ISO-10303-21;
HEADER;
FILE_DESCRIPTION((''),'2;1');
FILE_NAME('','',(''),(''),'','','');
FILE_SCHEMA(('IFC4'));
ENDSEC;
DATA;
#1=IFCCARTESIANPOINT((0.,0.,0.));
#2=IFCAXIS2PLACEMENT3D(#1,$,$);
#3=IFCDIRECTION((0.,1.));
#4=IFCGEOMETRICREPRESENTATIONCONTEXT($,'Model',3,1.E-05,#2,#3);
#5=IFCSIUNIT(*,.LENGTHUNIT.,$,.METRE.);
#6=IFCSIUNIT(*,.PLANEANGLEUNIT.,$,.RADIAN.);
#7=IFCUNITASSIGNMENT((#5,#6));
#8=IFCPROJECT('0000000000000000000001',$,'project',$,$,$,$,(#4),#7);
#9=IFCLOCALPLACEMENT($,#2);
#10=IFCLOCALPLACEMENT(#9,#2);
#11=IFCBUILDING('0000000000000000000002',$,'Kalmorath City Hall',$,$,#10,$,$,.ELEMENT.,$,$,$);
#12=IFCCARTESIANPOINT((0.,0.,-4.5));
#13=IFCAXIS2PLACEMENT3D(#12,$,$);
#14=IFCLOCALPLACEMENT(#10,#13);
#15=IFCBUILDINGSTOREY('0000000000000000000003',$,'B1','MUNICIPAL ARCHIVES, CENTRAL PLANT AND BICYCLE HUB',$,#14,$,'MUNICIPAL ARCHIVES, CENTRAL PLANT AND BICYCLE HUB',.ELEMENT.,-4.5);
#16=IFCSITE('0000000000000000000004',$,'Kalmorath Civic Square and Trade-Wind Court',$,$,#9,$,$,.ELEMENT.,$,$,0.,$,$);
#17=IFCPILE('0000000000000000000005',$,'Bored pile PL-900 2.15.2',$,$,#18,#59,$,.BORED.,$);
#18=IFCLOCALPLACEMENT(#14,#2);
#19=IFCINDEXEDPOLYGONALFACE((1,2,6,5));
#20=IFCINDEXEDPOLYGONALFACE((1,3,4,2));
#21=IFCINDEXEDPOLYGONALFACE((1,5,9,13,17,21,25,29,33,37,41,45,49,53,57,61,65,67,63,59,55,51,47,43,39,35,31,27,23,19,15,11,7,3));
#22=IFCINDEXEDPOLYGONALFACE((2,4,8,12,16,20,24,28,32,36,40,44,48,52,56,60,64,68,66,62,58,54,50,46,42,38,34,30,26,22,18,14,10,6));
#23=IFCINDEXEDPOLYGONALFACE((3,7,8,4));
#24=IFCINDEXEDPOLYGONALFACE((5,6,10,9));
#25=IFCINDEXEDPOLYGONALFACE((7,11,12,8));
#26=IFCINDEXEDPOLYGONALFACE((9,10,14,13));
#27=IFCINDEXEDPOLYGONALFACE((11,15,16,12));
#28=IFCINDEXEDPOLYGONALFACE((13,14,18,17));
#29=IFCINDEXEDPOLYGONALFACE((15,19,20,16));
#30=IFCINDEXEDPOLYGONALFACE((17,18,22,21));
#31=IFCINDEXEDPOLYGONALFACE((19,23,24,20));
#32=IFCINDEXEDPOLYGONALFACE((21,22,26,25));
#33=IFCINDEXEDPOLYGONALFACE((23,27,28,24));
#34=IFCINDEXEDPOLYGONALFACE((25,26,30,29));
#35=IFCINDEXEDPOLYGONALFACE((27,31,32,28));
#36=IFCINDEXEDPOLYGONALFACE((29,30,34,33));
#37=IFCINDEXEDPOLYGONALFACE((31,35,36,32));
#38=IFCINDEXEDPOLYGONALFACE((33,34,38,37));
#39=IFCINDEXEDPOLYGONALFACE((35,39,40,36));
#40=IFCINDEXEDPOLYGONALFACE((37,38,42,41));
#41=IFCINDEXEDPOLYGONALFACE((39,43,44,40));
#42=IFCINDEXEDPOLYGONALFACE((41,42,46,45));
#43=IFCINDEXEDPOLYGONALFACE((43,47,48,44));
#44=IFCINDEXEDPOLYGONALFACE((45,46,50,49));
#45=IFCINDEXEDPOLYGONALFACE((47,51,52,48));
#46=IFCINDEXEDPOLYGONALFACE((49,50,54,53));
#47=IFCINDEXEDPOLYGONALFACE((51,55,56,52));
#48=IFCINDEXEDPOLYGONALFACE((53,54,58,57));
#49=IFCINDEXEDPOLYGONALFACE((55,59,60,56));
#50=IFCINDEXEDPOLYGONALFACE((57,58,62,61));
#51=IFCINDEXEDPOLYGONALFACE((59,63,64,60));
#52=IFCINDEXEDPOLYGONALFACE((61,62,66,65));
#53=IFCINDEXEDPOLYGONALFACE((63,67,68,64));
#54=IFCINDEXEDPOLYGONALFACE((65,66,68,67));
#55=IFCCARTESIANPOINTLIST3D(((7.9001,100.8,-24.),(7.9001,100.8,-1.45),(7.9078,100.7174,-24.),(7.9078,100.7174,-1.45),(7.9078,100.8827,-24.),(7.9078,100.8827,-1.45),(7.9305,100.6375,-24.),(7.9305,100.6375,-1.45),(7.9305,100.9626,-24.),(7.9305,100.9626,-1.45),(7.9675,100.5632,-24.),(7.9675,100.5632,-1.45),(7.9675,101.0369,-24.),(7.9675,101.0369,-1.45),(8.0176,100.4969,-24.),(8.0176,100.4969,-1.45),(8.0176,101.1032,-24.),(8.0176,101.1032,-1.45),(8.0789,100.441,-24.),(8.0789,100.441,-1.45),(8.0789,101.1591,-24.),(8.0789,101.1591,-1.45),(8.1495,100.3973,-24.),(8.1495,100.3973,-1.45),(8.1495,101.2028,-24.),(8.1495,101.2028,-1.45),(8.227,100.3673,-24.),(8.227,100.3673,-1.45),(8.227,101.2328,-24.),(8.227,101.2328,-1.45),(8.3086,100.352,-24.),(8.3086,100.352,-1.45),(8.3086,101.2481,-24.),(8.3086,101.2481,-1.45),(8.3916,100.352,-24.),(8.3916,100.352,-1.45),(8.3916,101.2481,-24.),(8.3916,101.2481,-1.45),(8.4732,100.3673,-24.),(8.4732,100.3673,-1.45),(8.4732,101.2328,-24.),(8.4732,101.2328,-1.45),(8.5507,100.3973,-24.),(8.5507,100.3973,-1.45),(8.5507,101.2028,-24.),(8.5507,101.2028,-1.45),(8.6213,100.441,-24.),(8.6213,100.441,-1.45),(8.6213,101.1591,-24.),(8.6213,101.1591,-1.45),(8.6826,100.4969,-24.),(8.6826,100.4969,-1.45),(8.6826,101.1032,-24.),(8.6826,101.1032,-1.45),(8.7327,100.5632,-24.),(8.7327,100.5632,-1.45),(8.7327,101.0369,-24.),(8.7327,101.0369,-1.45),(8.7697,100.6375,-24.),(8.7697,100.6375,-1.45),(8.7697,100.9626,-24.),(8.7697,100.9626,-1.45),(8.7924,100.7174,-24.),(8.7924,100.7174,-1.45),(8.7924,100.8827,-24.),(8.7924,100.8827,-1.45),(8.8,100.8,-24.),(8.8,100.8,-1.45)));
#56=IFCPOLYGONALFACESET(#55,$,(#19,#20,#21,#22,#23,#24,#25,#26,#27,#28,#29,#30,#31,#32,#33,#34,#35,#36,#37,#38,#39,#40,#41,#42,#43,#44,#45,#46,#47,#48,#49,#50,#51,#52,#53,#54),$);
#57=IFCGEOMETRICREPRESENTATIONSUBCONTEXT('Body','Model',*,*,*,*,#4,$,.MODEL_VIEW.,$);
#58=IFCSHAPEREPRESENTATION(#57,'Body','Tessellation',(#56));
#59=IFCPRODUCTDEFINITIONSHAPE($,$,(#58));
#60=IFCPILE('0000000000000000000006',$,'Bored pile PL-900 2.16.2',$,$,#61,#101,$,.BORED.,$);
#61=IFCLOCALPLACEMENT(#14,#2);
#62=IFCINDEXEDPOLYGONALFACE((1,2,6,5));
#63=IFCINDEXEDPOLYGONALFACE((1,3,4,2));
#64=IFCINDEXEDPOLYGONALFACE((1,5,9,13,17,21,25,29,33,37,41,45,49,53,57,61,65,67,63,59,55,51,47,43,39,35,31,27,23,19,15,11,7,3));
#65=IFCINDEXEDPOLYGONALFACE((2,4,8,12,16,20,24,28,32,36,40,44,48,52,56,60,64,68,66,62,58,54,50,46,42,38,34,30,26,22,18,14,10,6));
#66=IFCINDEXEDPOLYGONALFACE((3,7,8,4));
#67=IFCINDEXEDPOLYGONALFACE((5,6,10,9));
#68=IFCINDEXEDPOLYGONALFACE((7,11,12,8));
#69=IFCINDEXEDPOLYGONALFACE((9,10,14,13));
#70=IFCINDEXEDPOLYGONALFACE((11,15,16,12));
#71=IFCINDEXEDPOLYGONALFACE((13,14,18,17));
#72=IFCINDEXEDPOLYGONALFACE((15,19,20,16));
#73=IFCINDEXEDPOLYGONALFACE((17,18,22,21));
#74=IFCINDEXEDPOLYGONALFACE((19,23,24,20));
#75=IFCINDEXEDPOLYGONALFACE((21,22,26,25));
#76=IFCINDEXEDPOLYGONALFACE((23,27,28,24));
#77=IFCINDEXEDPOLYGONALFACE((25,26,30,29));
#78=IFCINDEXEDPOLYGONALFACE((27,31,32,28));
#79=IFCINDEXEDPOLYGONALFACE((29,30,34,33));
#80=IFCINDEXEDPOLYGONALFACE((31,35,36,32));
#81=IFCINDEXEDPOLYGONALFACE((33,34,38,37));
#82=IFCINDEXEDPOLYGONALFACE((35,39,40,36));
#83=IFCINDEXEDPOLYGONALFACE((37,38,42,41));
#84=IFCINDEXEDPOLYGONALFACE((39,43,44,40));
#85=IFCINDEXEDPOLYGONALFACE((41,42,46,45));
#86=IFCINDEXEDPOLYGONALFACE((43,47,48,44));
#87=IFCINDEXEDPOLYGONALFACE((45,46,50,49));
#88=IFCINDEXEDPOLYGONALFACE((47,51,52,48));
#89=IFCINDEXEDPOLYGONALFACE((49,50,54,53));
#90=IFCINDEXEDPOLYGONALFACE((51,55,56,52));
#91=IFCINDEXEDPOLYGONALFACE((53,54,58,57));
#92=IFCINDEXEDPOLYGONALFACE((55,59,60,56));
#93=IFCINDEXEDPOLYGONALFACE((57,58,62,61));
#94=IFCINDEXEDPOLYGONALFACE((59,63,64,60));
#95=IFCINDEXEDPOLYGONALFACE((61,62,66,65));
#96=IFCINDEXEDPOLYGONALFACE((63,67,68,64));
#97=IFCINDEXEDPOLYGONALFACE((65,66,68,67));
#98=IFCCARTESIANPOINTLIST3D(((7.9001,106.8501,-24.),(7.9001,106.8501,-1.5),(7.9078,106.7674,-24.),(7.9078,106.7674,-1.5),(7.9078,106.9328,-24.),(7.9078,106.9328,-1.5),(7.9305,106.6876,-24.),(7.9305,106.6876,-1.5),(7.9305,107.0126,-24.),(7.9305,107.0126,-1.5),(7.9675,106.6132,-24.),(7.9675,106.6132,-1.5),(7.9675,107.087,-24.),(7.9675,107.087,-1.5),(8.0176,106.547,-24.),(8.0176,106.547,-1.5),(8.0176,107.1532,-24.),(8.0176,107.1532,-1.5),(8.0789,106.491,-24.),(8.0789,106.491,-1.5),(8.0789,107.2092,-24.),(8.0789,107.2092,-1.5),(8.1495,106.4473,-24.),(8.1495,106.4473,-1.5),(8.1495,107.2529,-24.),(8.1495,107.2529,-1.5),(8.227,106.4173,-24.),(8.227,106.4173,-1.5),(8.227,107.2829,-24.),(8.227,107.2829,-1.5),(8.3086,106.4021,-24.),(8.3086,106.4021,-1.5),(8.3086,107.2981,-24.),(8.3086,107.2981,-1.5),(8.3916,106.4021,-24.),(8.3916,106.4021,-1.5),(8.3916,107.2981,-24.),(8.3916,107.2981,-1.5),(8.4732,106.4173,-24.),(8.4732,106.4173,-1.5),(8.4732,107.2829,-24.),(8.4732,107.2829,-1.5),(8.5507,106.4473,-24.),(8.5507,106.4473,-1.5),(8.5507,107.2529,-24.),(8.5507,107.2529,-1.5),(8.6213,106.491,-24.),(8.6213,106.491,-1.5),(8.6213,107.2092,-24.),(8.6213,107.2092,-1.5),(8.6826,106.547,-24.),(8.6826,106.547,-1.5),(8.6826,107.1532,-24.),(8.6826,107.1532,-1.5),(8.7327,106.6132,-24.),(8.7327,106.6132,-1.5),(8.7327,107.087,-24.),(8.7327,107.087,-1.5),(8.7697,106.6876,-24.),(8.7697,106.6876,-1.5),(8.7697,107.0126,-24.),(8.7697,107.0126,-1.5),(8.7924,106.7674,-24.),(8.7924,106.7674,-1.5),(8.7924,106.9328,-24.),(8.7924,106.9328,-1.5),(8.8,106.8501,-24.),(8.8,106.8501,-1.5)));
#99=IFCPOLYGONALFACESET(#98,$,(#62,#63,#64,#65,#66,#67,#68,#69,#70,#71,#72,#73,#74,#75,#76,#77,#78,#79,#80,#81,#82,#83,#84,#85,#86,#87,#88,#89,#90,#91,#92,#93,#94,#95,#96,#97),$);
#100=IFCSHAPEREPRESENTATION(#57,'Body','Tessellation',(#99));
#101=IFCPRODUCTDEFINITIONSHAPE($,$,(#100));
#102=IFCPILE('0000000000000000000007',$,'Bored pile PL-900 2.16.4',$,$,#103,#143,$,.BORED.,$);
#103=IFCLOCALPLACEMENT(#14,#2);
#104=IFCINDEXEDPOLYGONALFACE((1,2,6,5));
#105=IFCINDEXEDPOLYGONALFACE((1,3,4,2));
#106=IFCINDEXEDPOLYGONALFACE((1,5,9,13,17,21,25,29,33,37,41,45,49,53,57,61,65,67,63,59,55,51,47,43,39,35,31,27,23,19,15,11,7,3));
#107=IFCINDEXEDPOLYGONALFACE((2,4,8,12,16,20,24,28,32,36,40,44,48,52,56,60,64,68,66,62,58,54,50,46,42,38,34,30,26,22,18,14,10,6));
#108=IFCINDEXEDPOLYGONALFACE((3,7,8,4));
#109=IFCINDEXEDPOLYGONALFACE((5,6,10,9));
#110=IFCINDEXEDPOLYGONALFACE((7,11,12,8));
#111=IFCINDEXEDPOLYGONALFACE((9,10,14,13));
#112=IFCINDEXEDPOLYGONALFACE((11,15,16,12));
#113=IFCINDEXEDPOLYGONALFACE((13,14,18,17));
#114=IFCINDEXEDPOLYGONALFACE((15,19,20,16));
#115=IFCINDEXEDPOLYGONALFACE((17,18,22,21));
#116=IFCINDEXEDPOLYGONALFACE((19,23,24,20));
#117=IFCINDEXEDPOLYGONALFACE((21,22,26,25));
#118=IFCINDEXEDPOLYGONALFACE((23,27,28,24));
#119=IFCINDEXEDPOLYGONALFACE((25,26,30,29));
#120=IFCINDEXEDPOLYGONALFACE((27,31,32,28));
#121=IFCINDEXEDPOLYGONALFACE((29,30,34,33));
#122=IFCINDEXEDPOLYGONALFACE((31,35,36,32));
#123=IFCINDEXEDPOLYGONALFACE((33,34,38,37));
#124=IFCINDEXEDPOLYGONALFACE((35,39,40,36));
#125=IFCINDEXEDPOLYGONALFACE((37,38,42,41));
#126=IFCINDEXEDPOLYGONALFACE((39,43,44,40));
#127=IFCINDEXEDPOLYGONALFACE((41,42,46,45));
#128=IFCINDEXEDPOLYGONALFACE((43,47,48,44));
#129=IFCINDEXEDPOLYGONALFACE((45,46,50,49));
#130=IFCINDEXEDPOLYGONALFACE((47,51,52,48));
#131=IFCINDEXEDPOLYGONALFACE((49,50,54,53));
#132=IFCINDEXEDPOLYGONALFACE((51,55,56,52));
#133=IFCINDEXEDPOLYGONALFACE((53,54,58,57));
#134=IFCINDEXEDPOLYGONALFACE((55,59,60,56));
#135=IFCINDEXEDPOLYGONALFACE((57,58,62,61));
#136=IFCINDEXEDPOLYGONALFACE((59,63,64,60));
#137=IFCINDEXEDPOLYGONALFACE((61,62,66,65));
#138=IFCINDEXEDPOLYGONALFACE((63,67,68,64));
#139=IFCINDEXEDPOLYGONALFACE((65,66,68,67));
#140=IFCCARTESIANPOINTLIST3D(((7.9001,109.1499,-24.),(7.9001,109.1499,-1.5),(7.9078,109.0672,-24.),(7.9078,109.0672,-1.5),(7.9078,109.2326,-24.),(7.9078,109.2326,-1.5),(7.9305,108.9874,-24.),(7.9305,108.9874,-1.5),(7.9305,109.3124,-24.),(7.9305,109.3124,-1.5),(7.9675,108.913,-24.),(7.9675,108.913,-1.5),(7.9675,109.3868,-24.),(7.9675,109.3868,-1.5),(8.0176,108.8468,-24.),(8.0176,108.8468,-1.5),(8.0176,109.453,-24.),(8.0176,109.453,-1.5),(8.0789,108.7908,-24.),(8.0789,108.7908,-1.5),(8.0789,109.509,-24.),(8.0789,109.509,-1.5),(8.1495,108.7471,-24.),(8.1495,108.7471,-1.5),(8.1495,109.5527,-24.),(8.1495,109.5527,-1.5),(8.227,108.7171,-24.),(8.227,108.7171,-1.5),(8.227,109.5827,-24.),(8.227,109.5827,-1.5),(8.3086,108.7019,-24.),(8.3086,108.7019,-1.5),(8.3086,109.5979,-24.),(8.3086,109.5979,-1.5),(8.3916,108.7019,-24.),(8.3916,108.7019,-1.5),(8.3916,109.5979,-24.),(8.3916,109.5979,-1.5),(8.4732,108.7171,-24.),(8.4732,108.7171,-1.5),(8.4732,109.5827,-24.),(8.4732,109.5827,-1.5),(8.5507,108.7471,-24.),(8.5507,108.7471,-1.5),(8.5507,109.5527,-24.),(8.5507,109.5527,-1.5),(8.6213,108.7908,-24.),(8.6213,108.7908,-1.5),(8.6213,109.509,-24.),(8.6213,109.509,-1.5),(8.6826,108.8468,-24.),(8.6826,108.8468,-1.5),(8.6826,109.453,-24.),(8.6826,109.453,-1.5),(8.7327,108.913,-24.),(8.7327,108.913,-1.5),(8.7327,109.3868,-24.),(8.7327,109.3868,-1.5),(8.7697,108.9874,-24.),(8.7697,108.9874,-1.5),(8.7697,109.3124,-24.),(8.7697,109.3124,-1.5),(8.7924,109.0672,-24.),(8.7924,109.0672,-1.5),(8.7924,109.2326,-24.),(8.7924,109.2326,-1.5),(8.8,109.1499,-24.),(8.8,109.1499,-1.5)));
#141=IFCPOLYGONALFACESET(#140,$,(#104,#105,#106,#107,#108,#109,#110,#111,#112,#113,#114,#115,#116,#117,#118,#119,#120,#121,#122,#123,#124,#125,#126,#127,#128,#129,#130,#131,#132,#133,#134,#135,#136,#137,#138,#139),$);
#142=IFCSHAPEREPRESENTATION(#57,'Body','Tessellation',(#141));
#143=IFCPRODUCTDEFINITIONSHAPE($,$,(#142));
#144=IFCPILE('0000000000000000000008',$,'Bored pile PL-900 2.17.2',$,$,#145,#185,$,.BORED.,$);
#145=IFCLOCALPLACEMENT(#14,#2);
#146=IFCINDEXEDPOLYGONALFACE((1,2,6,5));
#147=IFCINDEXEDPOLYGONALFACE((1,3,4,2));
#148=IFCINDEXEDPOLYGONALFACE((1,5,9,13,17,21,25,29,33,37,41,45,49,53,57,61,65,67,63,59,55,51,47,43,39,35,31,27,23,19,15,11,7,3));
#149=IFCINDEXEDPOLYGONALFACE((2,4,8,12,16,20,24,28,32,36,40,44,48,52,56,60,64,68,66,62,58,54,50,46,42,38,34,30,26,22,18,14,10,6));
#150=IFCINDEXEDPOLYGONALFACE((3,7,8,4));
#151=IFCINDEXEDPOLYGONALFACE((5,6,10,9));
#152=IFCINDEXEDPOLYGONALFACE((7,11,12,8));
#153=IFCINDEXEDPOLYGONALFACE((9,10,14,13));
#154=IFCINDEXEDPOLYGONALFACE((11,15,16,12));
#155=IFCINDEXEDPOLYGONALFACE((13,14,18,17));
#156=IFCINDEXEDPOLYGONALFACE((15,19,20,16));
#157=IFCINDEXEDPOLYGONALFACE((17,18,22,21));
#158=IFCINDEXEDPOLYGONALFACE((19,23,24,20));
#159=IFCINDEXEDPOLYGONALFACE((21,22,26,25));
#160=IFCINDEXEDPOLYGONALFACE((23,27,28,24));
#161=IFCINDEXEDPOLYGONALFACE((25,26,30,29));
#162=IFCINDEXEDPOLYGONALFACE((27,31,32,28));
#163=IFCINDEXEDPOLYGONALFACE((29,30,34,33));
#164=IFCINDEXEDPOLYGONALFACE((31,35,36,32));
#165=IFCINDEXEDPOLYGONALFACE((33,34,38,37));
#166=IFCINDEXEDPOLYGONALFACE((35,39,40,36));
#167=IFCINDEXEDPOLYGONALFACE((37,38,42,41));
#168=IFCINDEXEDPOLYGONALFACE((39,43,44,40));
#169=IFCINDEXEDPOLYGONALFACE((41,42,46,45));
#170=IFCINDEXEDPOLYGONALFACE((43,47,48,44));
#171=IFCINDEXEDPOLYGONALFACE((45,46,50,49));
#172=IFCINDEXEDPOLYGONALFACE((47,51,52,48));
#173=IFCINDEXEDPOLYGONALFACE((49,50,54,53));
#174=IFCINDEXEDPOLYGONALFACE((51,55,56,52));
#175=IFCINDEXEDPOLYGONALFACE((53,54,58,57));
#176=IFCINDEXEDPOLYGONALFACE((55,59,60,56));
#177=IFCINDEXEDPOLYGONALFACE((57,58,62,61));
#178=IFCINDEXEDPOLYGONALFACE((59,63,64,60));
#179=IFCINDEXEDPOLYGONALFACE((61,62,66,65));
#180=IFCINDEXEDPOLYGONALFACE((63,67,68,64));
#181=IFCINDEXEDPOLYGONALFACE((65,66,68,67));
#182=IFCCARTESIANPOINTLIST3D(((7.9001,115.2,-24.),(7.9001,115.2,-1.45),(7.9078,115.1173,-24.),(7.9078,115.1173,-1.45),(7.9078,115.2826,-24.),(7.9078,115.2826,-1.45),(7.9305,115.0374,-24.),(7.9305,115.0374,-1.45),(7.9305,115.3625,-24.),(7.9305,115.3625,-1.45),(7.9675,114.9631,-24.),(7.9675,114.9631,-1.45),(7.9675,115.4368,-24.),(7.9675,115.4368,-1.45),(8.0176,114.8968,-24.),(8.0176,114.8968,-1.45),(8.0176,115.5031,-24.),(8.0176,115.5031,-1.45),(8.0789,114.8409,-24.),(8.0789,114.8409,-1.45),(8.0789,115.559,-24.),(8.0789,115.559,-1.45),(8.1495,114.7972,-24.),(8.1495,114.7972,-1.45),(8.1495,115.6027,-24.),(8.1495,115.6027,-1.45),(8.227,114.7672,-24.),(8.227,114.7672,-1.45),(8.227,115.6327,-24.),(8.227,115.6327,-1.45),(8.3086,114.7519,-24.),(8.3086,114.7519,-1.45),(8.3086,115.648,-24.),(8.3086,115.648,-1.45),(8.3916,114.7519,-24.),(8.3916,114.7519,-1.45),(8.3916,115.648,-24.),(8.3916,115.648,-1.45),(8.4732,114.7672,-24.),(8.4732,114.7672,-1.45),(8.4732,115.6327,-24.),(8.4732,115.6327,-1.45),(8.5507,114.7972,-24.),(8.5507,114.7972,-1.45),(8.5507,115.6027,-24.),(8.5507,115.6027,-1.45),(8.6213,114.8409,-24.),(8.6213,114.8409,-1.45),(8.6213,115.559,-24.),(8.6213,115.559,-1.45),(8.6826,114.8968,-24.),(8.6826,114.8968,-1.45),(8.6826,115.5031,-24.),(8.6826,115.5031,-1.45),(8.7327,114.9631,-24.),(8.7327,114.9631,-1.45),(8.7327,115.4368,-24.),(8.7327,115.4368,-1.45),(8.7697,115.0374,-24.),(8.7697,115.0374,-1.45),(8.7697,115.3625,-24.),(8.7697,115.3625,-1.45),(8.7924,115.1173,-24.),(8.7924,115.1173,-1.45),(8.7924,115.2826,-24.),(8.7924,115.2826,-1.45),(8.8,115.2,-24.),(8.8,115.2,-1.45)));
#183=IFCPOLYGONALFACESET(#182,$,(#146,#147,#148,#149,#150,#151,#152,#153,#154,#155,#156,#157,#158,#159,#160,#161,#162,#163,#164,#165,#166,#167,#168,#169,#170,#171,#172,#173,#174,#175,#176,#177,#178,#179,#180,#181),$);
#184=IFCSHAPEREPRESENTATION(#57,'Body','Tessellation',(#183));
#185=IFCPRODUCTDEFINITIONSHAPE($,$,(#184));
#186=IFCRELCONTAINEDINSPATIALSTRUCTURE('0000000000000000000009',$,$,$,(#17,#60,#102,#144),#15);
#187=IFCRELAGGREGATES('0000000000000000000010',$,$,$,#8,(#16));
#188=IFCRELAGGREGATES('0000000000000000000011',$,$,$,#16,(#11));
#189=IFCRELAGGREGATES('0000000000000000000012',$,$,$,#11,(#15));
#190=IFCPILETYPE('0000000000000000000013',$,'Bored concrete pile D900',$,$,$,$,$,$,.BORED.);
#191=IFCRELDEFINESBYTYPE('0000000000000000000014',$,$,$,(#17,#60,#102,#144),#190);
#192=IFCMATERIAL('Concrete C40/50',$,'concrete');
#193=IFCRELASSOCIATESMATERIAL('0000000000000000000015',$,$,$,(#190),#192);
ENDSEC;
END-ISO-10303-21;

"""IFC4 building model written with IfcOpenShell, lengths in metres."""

from ifc_helpers import new_model, si_unit, direction, frame, origin, origin_2d, place, context, subcontext, project, spatial, circle, extrude, material, material_profile, profile_set, type_object, element, save


model = new_model("IFC4")

# Units and contexts
model_context = context("Model", 3, precision=1e-05, world=origin(), true_north=direction((0.0, 1.0)))
body_context = subcontext(model_context, "Body", "Model", "MODEL_VIEW")
ifc_project = project(units=[si_unit("LENGTHUNIT", "METRE"), si_unit("PLANEANGLEUNIT", "RADIAN")], contexts=[model_context])

# Site, building, storey
site_placement = place(None, origin())
site = spatial("IfcSite", under=ifc_project, at=site_placement, Name="Kalmorath Civic Square and Trade-Wind Court", CompositionType="ELEMENT", RefElevation=0.0)
building_placement = place(site_placement, origin())
building = spatial("IfcBuilding", under=site, at=building_placement, Name="Kalmorath City Hall", CompositionType="ELEMENT")
storey_placement = place(building_placement, frame((0.0, 0.0, -4.5)))
storey = spatial("IfcBuildingStorey", under=building, at=storey_placement, Name="B1", Description="MUNICIPAL ARCHIVES, CENTRAL PLANT AND BICYCLE HUB", LongName="MUNICIPAL ARCHIVES, CENTRAL PLANT AND BICYCLE HUB", CompositionType="ELEMENT", Elevation=-4.5)

# Piles
ifc_material_1 = material(Name="Concrete C40/50", Category="concrete")
ifc_material_profile_1 = material_profile(ifc_material_1, circle(Radius=0.45, at=origin_2d()), Name="PILE-D900")
ifc_profile_set_1 = profile_set([ifc_material_profile_1], Name="Concrete C40/50")
pile_type = type_object("IfcPileType", Name="Bored concrete pile D900", PredefinedType="BORED", material=ifc_profile_set_1)
pile_1_placement = place(storey_placement, frame((8.3501, 100.8, -1.45), z_axis=(0.0, 0.0, -1.0), x_axis=(1.0, 0.0, 0.0)))
element("IfcPile", 1, at=pile_1_placement, inside=storey, type_object=pile_type, Name="Bored pile PL-900 2.15.2", PredefinedType="BORED", context=body_context, shape_type="SweptSolid", body=[
    extrude(circle(Radius=0.45, at=origin_2d()), origin(), (0.0, 0.0, 1.0), 22.55),
])
for number, where, z_axis, x_axis, name in (
    (2, (8.3501, 106.8501, -1.5), (0.0, 0.0, -1.0), (1.0, 0.0, 0.0), "Bored pile PL-900 2.16.2"),
    (3, (8.3501, 109.1499, -1.5), (0.0, 0.0, -1.0), (1.0, 0.0, 0.0), "Bored pile PL-900 2.16.4"),
):
    element("IfcPile", number, at=place(storey_placement, frame(where, z_axis=z_axis, x_axis=x_axis)), inside=storey, type_object=pile_type, Name=name, PredefinedType="BORED", context=body_context, shape_type="SweptSolid", body=[
        extrude(circle(Radius=0.45, at=origin_2d()), origin(), (0.0, 0.0, 1.0), 22.5),
    ])
pile_2_placement = place(storey_placement, frame((8.3501, 115.2, -1.45), z_axis=(0.0, 0.0, -1.0), x_axis=(1.0, 0.0, 0.0)))
element("IfcPile", 4, at=pile_2_placement, inside=storey, type_object=pile_type, Name="Bored pile PL-900 2.17.2", PredefinedType="BORED", context=body_context, shape_type="SweptSolid", body=[
    extrude(circle(Radius=0.45, at=origin_2d()), origin(), (0.0, 0.0, 1.0), 22.55),
])

save(model, "model.ifc")
